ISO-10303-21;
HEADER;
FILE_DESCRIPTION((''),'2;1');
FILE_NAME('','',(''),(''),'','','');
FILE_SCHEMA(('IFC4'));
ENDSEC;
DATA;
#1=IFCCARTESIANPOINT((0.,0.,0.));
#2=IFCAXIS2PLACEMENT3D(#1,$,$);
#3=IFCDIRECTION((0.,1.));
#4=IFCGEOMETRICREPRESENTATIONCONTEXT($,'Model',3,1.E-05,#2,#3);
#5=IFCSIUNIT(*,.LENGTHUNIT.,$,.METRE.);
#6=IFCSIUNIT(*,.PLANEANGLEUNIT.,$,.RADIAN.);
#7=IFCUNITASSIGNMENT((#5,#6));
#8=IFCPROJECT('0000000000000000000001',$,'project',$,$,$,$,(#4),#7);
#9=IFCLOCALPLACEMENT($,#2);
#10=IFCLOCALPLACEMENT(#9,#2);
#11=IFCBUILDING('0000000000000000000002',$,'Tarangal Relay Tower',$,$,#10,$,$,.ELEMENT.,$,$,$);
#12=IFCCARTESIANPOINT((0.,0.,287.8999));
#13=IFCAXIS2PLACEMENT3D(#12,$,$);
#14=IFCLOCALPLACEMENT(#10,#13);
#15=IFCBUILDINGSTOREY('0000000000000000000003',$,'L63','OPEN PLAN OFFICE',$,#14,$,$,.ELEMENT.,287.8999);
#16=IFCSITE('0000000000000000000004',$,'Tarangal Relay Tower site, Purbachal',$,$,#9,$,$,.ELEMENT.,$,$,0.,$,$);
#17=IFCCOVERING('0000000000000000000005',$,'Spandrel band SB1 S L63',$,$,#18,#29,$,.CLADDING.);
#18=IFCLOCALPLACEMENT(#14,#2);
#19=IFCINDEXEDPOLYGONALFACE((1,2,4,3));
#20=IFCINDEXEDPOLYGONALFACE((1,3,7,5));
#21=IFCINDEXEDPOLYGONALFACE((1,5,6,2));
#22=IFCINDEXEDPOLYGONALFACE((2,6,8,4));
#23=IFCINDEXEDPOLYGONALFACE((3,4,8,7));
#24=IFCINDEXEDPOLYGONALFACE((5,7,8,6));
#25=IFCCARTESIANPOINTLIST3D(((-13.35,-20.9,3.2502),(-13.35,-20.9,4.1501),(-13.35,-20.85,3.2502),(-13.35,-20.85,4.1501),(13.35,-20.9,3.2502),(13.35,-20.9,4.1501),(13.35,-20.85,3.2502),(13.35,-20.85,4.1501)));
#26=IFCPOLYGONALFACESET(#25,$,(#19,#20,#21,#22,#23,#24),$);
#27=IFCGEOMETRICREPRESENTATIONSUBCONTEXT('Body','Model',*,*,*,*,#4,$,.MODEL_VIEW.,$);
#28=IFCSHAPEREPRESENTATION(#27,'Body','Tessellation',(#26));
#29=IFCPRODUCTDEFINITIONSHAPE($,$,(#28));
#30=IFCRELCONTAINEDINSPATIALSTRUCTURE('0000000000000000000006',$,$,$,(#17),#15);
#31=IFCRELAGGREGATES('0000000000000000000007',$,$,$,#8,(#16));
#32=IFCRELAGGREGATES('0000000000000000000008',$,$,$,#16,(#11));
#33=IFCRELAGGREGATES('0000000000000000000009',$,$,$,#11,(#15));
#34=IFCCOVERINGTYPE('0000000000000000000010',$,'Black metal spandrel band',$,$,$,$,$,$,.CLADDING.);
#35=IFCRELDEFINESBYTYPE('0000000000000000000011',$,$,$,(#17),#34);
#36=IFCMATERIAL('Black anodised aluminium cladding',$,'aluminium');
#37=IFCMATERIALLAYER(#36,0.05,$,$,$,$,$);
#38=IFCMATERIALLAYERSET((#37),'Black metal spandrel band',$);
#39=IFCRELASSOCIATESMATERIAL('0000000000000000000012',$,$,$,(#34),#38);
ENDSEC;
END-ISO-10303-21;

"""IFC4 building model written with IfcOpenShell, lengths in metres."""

from ifc_helpers import new_model, si_unit, direction, frame, origin, origin_2d, place, context, subcontext, project, spatial, rectangle, extrude, material, layer, layer_set, type_object, element, save


model = new_model("IFC4")

# Units and contexts
model_context = context("Model", 3, precision=1e-05, world=origin(), true_north=direction((0.0, 1.0)))
body_context = subcontext(model_context, "Body", "Model", "MODEL_VIEW")
ifc_project = project(units=[si_unit("LENGTHUNIT", "METRE"), si_unit("PLANEANGLEUNIT", "RADIAN")], contexts=[model_context])

# Site, building, storey
site_placement = place(None, origin())
site = spatial("IfcSite", under=ifc_project, at=site_placement, Name="Tarangal Relay Tower site, Purbachal", CompositionType="ELEMENT", RefElevation=0.0)
building_placement = place(site_placement, origin())
building = spatial("IfcBuilding", under=site, at=building_placement, Name="Tarangal Relay Tower", CompositionType="ELEMENT")
storey_placement = place(building_placement, frame((0.0, 0.0, 287.8999)))
storey = spatial("IfcBuildingStorey", under=building, at=storey_placement, Name="L63", Description="OPEN PLAN OFFICE", CompositionType="ELEMENT", Elevation=287.8999)

# Covering
ifc_material_1 = material(Name="Black anodised aluminium cladding", Category="aluminium")
ifc_layer_1 = layer(ifc_material_1, 0.05)
ifc_layer_set_1 = layer_set([ifc_layer_1], Name="Black metal spandrel band")
covering_type = type_object("IfcCoveringType", Name="Black metal spandrel band", PredefinedType="CLADDING", material=ifc_layer_set_1)
covering_placement = place(storey_placement, frame((0.0, -20.875, 3.2502), z_axis=(0.0, 0.0, 1.0), x_axis=(-1.0, 0.0, 0.0)))
element("IfcCovering", 1, at=covering_placement, inside=storey, type_object=covering_type, Name="Spandrel band SB1 S L63", PredefinedType="CLADDING", context=body_context, shape_type="SweptSolid", body=[
    extrude(rectangle(XDim=26.7, YDim=0.05, at=origin_2d()), origin(), (0.0, 0.0, 1.0), 0.8999),
])

save(model, "model.ifc")
